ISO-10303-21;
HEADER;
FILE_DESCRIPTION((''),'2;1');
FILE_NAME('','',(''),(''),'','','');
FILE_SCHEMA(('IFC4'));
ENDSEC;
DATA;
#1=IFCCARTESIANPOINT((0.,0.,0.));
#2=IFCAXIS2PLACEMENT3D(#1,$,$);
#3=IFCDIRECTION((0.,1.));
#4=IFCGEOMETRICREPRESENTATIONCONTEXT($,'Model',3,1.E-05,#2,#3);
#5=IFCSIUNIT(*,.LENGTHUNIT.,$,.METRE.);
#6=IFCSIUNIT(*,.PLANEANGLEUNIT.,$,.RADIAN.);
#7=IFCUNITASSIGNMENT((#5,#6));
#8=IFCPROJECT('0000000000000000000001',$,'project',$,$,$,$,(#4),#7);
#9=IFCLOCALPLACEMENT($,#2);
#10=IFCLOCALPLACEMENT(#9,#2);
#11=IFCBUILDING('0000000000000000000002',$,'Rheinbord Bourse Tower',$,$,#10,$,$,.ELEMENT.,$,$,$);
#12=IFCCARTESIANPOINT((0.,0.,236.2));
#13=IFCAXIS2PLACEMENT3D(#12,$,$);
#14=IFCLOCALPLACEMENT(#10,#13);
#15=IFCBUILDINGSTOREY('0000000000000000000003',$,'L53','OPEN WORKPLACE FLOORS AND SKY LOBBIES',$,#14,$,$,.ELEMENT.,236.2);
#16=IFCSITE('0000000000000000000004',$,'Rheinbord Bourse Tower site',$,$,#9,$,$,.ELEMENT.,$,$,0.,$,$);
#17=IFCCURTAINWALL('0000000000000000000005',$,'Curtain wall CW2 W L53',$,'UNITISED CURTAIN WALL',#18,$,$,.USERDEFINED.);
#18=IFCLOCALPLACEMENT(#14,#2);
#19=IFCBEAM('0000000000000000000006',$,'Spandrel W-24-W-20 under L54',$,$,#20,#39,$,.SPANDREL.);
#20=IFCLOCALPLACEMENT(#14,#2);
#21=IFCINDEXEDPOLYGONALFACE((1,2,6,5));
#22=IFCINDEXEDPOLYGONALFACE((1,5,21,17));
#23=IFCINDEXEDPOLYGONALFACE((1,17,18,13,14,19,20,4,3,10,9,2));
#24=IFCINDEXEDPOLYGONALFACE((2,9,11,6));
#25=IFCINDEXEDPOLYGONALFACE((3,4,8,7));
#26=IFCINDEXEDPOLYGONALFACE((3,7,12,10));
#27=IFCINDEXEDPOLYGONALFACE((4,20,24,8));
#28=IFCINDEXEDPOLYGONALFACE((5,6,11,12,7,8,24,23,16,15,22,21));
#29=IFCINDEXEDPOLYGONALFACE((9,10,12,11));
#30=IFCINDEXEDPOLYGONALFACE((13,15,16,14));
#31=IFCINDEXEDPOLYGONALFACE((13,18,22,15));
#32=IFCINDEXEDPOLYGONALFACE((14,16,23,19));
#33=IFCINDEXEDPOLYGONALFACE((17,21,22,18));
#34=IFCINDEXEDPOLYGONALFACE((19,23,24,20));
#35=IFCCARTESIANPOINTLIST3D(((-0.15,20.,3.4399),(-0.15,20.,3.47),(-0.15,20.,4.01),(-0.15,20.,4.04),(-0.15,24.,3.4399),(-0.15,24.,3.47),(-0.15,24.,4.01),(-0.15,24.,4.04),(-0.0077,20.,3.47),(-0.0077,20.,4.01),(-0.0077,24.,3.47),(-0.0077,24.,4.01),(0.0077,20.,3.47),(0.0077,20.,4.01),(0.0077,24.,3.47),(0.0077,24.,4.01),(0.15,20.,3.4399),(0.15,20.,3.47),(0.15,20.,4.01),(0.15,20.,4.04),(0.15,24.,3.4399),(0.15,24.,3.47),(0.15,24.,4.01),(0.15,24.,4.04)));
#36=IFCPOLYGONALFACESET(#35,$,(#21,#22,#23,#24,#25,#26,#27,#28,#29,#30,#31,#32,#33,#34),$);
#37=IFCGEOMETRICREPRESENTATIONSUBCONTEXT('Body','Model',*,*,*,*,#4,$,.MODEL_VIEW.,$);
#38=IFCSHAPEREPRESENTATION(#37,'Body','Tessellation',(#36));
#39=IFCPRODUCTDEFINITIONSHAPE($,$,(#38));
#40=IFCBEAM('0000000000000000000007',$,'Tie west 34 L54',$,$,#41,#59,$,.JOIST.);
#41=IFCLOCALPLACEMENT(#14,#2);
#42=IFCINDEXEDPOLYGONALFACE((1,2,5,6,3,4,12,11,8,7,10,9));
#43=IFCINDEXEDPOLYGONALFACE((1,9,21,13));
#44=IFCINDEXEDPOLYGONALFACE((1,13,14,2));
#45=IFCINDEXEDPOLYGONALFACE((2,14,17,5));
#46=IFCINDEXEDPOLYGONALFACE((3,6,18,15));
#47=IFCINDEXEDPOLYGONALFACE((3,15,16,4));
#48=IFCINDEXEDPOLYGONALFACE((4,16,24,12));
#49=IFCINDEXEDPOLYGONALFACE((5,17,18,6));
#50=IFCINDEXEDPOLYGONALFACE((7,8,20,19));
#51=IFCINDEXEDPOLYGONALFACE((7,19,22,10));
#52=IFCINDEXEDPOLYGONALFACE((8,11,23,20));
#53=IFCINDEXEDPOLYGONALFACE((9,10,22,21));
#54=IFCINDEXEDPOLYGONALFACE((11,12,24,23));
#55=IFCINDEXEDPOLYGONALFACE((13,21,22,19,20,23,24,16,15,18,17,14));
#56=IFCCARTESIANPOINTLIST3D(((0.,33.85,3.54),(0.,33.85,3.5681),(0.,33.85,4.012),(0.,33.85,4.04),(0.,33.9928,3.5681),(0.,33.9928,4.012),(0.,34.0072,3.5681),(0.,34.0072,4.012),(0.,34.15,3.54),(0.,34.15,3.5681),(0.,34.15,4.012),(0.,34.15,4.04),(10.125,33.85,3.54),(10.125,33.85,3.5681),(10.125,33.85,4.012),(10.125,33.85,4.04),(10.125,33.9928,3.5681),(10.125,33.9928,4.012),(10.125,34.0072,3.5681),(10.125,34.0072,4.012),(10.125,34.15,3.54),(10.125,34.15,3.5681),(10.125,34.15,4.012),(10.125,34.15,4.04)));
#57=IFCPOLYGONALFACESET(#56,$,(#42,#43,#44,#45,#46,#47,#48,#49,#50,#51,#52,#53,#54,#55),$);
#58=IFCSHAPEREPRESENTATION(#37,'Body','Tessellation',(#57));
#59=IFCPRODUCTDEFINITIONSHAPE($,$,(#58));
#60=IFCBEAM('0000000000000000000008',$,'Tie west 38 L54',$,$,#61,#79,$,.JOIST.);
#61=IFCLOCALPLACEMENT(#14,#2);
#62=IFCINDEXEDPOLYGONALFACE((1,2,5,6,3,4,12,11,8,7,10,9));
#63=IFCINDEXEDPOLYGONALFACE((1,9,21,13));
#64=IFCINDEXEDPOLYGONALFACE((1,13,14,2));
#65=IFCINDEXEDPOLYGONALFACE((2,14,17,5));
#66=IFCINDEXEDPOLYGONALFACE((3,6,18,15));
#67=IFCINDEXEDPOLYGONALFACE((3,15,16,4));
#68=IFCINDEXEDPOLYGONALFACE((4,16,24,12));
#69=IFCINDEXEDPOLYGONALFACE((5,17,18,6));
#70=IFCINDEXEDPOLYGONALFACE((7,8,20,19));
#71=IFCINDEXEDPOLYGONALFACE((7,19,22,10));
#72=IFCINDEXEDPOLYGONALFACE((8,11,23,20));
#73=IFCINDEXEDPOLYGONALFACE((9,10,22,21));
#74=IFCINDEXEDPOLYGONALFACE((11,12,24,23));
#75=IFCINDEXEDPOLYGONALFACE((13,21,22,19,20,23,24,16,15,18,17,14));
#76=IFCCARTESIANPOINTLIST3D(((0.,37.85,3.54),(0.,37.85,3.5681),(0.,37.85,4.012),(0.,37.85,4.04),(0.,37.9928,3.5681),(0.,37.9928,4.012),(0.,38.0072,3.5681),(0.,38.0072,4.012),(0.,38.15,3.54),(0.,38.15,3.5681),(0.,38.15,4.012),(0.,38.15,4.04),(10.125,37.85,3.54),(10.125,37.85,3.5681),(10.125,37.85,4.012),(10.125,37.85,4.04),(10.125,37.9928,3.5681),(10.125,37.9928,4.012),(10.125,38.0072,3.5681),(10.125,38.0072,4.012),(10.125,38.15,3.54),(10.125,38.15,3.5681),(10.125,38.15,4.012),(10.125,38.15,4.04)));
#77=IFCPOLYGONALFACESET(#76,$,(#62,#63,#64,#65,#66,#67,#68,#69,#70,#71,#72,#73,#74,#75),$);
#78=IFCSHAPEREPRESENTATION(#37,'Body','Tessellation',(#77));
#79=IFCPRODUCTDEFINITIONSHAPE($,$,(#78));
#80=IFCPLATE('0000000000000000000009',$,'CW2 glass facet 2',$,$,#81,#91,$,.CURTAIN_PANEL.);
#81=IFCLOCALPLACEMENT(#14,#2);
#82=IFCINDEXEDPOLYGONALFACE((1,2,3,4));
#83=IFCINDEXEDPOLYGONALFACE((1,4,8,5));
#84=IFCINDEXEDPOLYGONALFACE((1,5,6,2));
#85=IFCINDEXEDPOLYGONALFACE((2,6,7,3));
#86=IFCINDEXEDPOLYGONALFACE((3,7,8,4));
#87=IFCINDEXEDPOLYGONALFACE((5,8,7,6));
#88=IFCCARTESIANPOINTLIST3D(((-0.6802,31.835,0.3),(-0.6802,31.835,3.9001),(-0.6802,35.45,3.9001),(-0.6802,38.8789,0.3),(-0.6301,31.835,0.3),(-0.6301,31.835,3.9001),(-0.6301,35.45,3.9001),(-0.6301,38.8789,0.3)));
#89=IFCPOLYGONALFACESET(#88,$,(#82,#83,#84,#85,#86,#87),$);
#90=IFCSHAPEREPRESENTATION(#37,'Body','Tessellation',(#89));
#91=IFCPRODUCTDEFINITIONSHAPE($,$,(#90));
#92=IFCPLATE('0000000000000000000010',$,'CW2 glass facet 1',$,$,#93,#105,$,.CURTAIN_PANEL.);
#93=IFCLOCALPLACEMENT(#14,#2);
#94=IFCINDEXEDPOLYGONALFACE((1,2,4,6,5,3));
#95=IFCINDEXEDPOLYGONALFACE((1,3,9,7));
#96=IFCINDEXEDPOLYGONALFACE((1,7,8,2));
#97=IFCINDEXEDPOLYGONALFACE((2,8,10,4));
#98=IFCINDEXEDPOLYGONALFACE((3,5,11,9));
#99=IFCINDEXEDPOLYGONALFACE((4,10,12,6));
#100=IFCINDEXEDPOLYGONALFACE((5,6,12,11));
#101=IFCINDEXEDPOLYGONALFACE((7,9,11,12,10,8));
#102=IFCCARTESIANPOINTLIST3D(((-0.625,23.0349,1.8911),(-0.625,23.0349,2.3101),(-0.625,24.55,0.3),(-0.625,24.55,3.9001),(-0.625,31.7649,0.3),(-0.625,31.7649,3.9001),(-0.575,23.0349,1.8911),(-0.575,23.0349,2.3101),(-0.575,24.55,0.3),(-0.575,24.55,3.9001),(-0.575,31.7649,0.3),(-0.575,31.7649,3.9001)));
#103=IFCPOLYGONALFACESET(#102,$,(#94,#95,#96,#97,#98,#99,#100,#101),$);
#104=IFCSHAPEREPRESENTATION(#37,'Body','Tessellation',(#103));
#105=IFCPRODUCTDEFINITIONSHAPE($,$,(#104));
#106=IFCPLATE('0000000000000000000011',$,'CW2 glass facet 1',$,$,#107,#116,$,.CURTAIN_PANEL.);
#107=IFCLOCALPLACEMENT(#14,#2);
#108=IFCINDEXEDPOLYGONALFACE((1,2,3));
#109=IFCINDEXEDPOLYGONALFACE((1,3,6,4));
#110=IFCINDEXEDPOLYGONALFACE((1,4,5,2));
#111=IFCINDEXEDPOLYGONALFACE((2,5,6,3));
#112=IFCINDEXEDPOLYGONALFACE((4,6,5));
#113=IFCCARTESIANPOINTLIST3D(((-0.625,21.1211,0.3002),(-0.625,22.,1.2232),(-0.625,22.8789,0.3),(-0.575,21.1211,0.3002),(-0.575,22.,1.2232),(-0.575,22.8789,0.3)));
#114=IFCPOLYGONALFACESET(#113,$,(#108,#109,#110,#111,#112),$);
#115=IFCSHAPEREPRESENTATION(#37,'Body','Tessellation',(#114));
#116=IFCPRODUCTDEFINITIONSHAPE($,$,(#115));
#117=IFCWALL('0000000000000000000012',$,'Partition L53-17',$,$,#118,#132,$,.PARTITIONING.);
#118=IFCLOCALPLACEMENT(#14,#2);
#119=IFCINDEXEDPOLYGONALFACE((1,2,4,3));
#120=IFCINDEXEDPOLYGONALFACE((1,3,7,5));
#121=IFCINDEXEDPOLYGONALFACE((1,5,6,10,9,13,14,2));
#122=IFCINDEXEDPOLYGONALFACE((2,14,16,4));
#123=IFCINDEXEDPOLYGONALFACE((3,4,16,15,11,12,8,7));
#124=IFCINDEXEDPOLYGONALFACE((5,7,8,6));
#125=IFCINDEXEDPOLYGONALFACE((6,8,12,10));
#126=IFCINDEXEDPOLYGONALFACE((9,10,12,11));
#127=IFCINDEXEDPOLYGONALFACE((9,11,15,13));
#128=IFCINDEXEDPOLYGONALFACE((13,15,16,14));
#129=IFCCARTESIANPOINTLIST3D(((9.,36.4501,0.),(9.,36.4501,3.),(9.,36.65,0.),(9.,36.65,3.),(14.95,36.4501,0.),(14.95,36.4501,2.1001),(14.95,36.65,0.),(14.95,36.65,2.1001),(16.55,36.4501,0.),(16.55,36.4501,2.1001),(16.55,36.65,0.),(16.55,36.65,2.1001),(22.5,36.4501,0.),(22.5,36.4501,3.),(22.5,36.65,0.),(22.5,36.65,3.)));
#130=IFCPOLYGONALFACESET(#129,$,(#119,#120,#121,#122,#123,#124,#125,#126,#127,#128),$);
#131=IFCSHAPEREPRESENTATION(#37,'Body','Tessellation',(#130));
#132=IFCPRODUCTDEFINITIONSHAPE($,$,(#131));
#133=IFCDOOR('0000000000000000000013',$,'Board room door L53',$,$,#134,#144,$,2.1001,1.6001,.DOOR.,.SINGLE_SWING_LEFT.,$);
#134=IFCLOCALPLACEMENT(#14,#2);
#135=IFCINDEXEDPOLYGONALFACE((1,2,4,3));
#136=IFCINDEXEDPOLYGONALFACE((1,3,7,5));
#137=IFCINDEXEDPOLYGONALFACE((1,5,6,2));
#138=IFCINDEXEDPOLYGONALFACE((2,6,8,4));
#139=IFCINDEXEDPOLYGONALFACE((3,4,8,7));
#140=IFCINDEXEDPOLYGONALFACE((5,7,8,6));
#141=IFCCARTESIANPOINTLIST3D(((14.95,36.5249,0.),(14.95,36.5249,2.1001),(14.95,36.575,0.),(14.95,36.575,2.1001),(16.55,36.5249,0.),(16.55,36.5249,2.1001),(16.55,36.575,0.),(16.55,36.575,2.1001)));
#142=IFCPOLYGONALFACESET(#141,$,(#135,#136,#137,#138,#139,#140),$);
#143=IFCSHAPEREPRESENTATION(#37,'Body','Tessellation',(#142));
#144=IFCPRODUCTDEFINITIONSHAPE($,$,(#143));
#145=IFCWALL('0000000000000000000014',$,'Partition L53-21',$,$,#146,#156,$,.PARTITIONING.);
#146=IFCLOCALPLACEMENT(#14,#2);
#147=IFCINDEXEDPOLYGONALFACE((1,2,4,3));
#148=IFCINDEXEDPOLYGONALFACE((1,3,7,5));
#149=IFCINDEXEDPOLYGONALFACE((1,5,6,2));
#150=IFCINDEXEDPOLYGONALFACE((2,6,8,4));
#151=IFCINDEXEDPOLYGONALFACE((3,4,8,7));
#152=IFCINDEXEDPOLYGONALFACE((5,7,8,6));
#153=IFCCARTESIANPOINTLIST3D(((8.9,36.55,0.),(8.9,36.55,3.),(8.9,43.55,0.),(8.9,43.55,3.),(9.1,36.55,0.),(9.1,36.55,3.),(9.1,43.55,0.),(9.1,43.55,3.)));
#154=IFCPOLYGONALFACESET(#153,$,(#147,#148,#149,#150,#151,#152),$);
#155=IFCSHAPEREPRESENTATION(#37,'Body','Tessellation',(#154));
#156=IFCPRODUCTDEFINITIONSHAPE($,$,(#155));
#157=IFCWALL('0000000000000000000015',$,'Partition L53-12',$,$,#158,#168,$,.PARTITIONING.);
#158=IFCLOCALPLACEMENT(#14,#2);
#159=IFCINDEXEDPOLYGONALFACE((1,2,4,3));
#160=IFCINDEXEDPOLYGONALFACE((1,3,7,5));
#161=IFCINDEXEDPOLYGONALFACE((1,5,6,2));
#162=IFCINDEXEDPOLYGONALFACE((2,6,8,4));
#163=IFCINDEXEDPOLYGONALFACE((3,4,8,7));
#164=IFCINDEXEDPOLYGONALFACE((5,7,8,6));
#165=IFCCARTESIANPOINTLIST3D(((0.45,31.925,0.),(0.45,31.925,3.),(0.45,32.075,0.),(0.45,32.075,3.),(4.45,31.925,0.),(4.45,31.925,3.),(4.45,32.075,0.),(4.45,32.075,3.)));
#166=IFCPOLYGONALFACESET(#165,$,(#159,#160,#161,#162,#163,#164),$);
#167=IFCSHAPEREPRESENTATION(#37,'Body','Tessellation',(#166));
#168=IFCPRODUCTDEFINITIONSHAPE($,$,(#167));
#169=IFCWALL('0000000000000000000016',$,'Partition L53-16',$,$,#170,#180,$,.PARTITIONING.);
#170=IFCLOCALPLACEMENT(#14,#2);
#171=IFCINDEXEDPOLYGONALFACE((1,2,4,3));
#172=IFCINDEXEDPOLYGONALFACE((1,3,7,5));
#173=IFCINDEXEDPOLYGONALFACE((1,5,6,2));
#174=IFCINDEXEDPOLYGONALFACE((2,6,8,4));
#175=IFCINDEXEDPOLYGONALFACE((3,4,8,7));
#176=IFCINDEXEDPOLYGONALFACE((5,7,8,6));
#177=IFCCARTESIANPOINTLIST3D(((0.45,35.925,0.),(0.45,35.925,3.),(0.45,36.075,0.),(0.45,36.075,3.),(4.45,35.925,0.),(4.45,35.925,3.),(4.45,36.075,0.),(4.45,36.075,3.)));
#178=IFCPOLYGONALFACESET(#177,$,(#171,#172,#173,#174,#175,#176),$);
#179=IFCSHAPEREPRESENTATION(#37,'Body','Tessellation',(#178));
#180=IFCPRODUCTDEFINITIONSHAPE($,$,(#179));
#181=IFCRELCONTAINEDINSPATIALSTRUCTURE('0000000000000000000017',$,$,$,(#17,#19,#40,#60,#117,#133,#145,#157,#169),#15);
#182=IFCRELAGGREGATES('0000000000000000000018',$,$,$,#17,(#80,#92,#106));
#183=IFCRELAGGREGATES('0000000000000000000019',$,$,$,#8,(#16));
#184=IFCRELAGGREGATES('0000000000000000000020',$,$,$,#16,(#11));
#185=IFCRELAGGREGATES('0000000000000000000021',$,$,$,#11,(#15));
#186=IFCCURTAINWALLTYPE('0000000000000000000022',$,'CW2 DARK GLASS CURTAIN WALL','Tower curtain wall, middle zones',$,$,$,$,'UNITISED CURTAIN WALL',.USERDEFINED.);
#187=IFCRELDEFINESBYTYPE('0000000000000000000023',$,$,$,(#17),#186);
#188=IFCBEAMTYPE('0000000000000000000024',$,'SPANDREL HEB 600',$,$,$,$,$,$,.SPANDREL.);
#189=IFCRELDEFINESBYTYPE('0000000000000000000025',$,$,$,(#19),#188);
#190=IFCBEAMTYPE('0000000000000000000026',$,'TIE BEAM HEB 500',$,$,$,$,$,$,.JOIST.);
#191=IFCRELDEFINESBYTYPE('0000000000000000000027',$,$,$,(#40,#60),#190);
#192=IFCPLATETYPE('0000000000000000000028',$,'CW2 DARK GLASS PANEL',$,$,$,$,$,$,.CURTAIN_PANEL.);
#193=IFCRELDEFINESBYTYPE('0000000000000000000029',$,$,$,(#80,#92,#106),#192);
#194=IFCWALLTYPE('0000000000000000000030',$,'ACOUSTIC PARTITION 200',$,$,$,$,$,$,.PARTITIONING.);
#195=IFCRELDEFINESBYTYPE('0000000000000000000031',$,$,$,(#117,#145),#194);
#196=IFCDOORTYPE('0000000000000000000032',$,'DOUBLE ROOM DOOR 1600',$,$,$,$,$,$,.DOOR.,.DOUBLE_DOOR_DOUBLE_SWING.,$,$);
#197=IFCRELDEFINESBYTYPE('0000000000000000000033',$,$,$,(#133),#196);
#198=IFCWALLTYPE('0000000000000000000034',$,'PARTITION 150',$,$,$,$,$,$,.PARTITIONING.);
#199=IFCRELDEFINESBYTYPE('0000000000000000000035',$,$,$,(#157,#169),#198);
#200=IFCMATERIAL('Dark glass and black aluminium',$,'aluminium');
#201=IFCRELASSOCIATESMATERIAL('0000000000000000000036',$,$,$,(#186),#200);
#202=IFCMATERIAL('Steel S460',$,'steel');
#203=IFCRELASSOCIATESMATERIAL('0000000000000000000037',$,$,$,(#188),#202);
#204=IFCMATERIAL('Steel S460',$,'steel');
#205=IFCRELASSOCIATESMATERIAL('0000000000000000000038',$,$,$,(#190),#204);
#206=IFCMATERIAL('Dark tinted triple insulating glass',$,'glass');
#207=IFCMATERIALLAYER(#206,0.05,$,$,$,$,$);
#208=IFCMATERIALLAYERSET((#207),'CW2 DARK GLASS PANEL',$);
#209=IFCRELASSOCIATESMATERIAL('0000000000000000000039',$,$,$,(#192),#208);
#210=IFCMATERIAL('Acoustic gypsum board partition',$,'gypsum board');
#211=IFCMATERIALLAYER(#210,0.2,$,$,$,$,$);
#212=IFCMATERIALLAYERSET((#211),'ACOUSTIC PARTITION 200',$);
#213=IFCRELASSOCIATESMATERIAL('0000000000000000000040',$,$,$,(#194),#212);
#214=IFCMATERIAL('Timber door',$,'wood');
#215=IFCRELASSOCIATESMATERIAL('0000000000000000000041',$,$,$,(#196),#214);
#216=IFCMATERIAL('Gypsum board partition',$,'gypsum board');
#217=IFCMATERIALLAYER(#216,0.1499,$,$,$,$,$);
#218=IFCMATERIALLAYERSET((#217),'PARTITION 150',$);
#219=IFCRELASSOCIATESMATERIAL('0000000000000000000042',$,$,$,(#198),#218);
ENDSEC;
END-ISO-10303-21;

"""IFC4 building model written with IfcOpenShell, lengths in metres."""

from ifc_helpers import new_model, si_unit, direction, frame, frame_2d, origin, origin_2d, place, context, subcontext, project, spatial, polyline, rectangle, i_section, outline, extrude, material, layer, layer_set, material_profile, profile_set, type_object, element, fill, aggregate, save


model = new_model("IFC4")

# Units and contexts
model_context = context("Model", 3, precision=1e-05, world=origin(), true_north=direction((0.0, 1.0)))
body_context = subcontext(model_context, "Body", "Model", "MODEL_VIEW")
ifc_project = project(units=[si_unit("LENGTHUNIT", "METRE"), si_unit("PLANEANGLEUNIT", "RADIAN")], contexts=[model_context])

# Site, building, storey
site_placement = place(None, origin())
site = spatial("IfcSite", under=ifc_project, at=site_placement, Name="Rheinbord Bourse Tower site", CompositionType="ELEMENT", RefElevation=0.0)
building_placement = place(site_placement, origin())
building = spatial("IfcBuilding", under=site, at=building_placement, Name="Rheinbord Bourse Tower", CompositionType="ELEMENT")
storey_placement = place(building_placement, frame((0.0, 0.0, 236.2)))
storey = spatial("IfcBuildingStorey", under=building, at=storey_placement, Name="L53", Description="OPEN WORKPLACE FLOORS AND SKY LOBBIES", CompositionType="ELEMENT", Elevation=236.2)

# Curtain wall
ifc_material_1 = material(Name="Dark glass and black aluminium", Category="aluminium")
curtain_wall_type = type_object("IfcCurtainWallType", Name="CW2 DARK GLASS CURTAIN WALL", Description="Tower curtain wall, middle zones", ElementType="UNITISED CURTAIN WALL", PredefinedType="USERDEFINED", material=ifc_material_1)
curtain_wall_placement = place(storey_placement, origin())
curtain_wall = element("IfcCurtainWall", 1, at=curtain_wall_placement, inside=storey, type_object=curtain_wall_type, Name="Curtain wall CW2 W L53", ObjectType="UNITISED CURTAIN WALL", PredefinedType="USERDEFINED")

# Beams
ifc_material_2 = material(Name="Steel S460", Category="steel")
ifc_material_profile_1 = material_profile(ifc_material_2, i_section(OverallWidth=0.3, OverallDepth=0.6001, WebThickness=0.0154, FlangeThickness=0.03, at=origin_2d()), Name="HEB 600")
ifc_profile_set_1 = profile_set([ifc_material_profile_1], Name="Steel S460")
beam_type_1 = type_object("IfcBeamType", Name="SPANDREL HEB 600", PredefinedType="SPANDREL", material=ifc_profile_set_1)
for number, where, z_axis, x_axis, name in (
    (2, (0.0, 24.0, 3.74), (0.0, -1.0, 0.0), (1.0, 0.0, 0.0), "Spandrel W-24-W-20 under L54"),
):
    element("IfcBeam", number, at=place(storey_placement, frame(where, z_axis=z_axis, x_axis=x_axis)), inside=storey, type_object=beam_type_1, Name=name, PredefinedType="SPANDREL", context=body_context, shape_type="SweptSolid", body=[
        extrude(i_section(OverallWidth=0.3, OverallDepth=0.6001, WebThickness=0.0154, FlangeThickness=0.03, at=origin_2d()), origin(), (0.0, 0.0, 1.0), 4.0),
    ])
ifc_material_3 = material(Name="Steel S460", Category="steel")
ifc_material_profile_2 = material_profile(ifc_material_3, i_section(OverallWidth=0.3, OverallDepth=0.5, WebThickness=0.0144, FlangeThickness=0.0281, at=origin_2d()), Name="HEB 500")
ifc_profile_set_2 = profile_set([ifc_material_profile_2], Name="Steel S460")
beam_type_2 = type_object("IfcBeamType", Name="TIE BEAM HEB 500", PredefinedType="JOIST", material=ifc_profile_set_2)
for number, where, z_axis, x_axis, name in (
    (3, (0.0, 34.0, 3.79), (1.0, 0.0, 0.0), (0.0, 1.0, 0.0), "Tie west 34 L54"),
    (4, (0.0, 38.0, 3.79), (1.0, 0.0, 0.0), (0.0, 1.0, 0.0), "Tie west 38 L54"),
):
    element("IfcBeam", number, at=place(storey_placement, frame(where, z_axis=z_axis, x_axis=x_axis)), inside=storey, type_object=beam_type_2, Name=name, PredefinedType="JOIST", context=body_context, shape_type="SweptSolid", body=[
        extrude(i_section(OverallWidth=0.3, OverallDepth=0.5, WebThickness=0.0144, FlangeThickness=0.0281, at=origin_2d()), origin(), (0.0, 0.0, 1.0), 10.125),
    ])

# Plates
ifc_material_4 = material(Name="Dark tinted triple insulating glass", Category="glass")
ifc_layer_1 = layer(ifc_material_4, 0.05)
ifc_layer_set_1 = layer_set([ifc_layer_1], Name="CW2 DARK GLASS PANEL")
plate_type = type_object("IfcPlateType", Name="CW2 DARK GLASS PANEL", PredefinedType="CURTAIN_PANEL", material=ifc_layer_set_1)
plate_1_placement = place(storey_placement, frame((-0.6802, 31.835, 3.9001), z_axis=(1.0, 0.0, 0.0), x_axis=(0.0, 0.0, -1.0)))
plate_1 = element("IfcPlate", 5, at=plate_1_placement, type_object=plate_type, Name="CW2 glass facet 2", PredefinedType="CURTAIN_PANEL", context=body_context, shape_type="SweptSolid", body=[
    extrude(outline(polyline([(0.0, 0.0), (3.6001, 0.0), (3.6001, 7.0439), (0.0, 3.615), (0.0, 0.0)])), origin(), (0.0, 0.0, 1.0), 0.05),
])
plate_2_placement = place(storey_placement, frame((-0.625, 31.7649, 0.3), z_axis=(1.0, 0.0, 0.0), x_axis=(0.0, 0.0, 1.0)))
plate_2 = element("IfcPlate", 6, at=plate_2_placement, type_object=plate_type, Name="CW2 glass facet 1", PredefinedType="CURTAIN_PANEL", context=body_context, shape_type="SweptSolid", body=[
    extrude(outline(polyline([(0.0, 0.0), (3.6001, 0.0), (3.6001, 7.2148), (2.01, 8.73), (1.5911, 8.73), (0.0, 7.2148), (0.0, 0.0)])), origin(), (0.0, 0.0, 1.0), 0.05),
])
plate_3_placement = place(storey_placement, frame((-0.625, 22.8789, 0.3), z_axis=(1.0, 0.0, 0.0), x_axis=(0.0, -0.68956, 0.724229)))
plate_3 = element("IfcPlate", 7, at=plate_3_placement, type_object=plate_type, Name="CW2 glass facet 1", PredefinedType="CURTAIN_PANEL", context=body_context, shape_type="SweptSolid", body=[
    extrude(outline(polyline([(0.0, 0.0), (1.2747, 0.0), (1.2122, 1.2729), (0.0, 0.0)])), origin(), (0.0, 0.0, 1.0), 0.05),
])
aggregate(curtain_wall, [plate_1, plate_2, plate_3])

# Wall, opening, door
ifc_material_5 = material(Name="Acoustic gypsum board partition", Category="gypsum board")
ifc_layer_2 = layer(ifc_material_5, 0.2)
ifc_layer_set_2 = layer_set([ifc_layer_2], Name="ACOUSTIC PARTITION 200")
wall_type_1 = type_object("IfcWallType", Name="ACOUSTIC PARTITION 200", PredefinedType="PARTITIONING", material=ifc_layer_set_2)
wall_1_placement = place(storey_placement, frame((9.0, 36.55, 0.0), z_axis=(0.0, 0.0, 1.0), x_axis=(1.0, 0.0, 0.0)))
wall_1 = element("IfcWall", 8, at=wall_1_placement, inside=storey, type_object=wall_type_1, Name="Partition L53-17", PredefinedType="PARTITIONING", context=body_context, shape_type="SweptSolid", body=[
    extrude(rectangle(XDim=13.5, YDim=0.2, at=frame_2d((6.75, 0.0))), origin(), (0.0, 0.0, 1.0), 3.0),
])
opening_1_placement = place(wall_1_placement, frame((5.95, 0.0, 0.0)))
opening_1 = element("IfcOpeningElement", 9, at=opening_1_placement, cuts=wall_1, PredefinedType="OPENING", context=body_context, shape_type="SweptSolid", body=[
    extrude(rectangle(XDim=1.6001, YDim=2.1001, at=frame_2d((0.8, 1.05))), frame((0.0, 0.1099, 0.0), z_axis=(0.0, -1.0, 0.0), x_axis=(1.0, 0.0, 0.0)), (0.0, 0.0, 1.0), 0.22),
])
ifc_material_6 = material(Name="Timber door", Category="wood")
door_type_1 = type_object("IfcDoorType", Name="DOUBLE ROOM DOOR 1600", OperationType="DOUBLE_DOOR_DOUBLE_SWING", PredefinedType="DOOR", material=ifc_material_6)
door_1_placement = place(opening_1_placement, origin())
door_1 = element("IfcDoor", 10, at=door_1_placement, inside=storey, type_object=door_type_1, Name="Board room door L53", OperationType="SINGLE_SWING_LEFT", OverallHeight=2.1001, OverallWidth=1.6001, PredefinedType="DOOR", context=body_context, shape_type="SweptSolid", body=[
    extrude(rectangle(XDim=1.6001, YDim=2.1001, at=frame_2d((0.8, 1.05))), frame((0.0, 0.0249, 0.0), z_axis=(0.0, -1.0, 0.0), x_axis=(1.0, 0.0, 0.0)), (0.0, 0.0, 1.0), 0.05),
])
fill(opening_1, door_1)

# Walls
wall_2_placement = place(storey_placement, frame((9.0, 36.55, 0.0), z_axis=(0.0, 0.0, 1.0), x_axis=(0.0, 1.0, 0.0)))
element("IfcWall", 11, at=wall_2_placement, inside=storey, type_object=wall_type_1, Name="Partition L53-21", PredefinedType="PARTITIONING", context=body_context, shape_type="SweptSolid", body=[
    extrude(rectangle(XDim=7.0, YDim=0.2, at=frame_2d((3.5, 0.0))), origin(), (0.0, 0.0, 1.0), 3.0),
])
ifc_material_7 = material(Name="Gypsum board partition", Category="gypsum board")
ifc_layer_3 = layer(ifc_material_7, 0.1499)
ifc_layer_set_3 = layer_set([ifc_layer_3], Name="PARTITION 150")
wall_type_2 = type_object("IfcWallType", Name="PARTITION 150", PredefinedType="PARTITIONING", material=ifc_layer_set_3)
for number, where, z_axis, x_axis, name in (
    (12, (0.45, 32.0, 0.0), (0.0, 0.0, 1.0), (1.0, 0.0, 0.0), "Partition L53-12"),
    (13, (0.45, 36.0, 0.0), (0.0, 0.0, 1.0), (1.0, 0.0, 0.0), "Partition L53-16"),
):
    element("IfcWall", number, at=place(storey_placement, frame(where, z_axis=z_axis, x_axis=x_axis)), inside=storey, type_object=wall_type_2, Name=name, PredefinedType="PARTITIONING", context=body_context, shape_type="SweptSolid", body=[
        extrude(rectangle(XDim=4.0, YDim=0.1499, at=frame_2d((2.0, 0.0))), origin(), (0.0, 0.0, 1.0), 3.0),
    ])

save(model, "model.ifc")
